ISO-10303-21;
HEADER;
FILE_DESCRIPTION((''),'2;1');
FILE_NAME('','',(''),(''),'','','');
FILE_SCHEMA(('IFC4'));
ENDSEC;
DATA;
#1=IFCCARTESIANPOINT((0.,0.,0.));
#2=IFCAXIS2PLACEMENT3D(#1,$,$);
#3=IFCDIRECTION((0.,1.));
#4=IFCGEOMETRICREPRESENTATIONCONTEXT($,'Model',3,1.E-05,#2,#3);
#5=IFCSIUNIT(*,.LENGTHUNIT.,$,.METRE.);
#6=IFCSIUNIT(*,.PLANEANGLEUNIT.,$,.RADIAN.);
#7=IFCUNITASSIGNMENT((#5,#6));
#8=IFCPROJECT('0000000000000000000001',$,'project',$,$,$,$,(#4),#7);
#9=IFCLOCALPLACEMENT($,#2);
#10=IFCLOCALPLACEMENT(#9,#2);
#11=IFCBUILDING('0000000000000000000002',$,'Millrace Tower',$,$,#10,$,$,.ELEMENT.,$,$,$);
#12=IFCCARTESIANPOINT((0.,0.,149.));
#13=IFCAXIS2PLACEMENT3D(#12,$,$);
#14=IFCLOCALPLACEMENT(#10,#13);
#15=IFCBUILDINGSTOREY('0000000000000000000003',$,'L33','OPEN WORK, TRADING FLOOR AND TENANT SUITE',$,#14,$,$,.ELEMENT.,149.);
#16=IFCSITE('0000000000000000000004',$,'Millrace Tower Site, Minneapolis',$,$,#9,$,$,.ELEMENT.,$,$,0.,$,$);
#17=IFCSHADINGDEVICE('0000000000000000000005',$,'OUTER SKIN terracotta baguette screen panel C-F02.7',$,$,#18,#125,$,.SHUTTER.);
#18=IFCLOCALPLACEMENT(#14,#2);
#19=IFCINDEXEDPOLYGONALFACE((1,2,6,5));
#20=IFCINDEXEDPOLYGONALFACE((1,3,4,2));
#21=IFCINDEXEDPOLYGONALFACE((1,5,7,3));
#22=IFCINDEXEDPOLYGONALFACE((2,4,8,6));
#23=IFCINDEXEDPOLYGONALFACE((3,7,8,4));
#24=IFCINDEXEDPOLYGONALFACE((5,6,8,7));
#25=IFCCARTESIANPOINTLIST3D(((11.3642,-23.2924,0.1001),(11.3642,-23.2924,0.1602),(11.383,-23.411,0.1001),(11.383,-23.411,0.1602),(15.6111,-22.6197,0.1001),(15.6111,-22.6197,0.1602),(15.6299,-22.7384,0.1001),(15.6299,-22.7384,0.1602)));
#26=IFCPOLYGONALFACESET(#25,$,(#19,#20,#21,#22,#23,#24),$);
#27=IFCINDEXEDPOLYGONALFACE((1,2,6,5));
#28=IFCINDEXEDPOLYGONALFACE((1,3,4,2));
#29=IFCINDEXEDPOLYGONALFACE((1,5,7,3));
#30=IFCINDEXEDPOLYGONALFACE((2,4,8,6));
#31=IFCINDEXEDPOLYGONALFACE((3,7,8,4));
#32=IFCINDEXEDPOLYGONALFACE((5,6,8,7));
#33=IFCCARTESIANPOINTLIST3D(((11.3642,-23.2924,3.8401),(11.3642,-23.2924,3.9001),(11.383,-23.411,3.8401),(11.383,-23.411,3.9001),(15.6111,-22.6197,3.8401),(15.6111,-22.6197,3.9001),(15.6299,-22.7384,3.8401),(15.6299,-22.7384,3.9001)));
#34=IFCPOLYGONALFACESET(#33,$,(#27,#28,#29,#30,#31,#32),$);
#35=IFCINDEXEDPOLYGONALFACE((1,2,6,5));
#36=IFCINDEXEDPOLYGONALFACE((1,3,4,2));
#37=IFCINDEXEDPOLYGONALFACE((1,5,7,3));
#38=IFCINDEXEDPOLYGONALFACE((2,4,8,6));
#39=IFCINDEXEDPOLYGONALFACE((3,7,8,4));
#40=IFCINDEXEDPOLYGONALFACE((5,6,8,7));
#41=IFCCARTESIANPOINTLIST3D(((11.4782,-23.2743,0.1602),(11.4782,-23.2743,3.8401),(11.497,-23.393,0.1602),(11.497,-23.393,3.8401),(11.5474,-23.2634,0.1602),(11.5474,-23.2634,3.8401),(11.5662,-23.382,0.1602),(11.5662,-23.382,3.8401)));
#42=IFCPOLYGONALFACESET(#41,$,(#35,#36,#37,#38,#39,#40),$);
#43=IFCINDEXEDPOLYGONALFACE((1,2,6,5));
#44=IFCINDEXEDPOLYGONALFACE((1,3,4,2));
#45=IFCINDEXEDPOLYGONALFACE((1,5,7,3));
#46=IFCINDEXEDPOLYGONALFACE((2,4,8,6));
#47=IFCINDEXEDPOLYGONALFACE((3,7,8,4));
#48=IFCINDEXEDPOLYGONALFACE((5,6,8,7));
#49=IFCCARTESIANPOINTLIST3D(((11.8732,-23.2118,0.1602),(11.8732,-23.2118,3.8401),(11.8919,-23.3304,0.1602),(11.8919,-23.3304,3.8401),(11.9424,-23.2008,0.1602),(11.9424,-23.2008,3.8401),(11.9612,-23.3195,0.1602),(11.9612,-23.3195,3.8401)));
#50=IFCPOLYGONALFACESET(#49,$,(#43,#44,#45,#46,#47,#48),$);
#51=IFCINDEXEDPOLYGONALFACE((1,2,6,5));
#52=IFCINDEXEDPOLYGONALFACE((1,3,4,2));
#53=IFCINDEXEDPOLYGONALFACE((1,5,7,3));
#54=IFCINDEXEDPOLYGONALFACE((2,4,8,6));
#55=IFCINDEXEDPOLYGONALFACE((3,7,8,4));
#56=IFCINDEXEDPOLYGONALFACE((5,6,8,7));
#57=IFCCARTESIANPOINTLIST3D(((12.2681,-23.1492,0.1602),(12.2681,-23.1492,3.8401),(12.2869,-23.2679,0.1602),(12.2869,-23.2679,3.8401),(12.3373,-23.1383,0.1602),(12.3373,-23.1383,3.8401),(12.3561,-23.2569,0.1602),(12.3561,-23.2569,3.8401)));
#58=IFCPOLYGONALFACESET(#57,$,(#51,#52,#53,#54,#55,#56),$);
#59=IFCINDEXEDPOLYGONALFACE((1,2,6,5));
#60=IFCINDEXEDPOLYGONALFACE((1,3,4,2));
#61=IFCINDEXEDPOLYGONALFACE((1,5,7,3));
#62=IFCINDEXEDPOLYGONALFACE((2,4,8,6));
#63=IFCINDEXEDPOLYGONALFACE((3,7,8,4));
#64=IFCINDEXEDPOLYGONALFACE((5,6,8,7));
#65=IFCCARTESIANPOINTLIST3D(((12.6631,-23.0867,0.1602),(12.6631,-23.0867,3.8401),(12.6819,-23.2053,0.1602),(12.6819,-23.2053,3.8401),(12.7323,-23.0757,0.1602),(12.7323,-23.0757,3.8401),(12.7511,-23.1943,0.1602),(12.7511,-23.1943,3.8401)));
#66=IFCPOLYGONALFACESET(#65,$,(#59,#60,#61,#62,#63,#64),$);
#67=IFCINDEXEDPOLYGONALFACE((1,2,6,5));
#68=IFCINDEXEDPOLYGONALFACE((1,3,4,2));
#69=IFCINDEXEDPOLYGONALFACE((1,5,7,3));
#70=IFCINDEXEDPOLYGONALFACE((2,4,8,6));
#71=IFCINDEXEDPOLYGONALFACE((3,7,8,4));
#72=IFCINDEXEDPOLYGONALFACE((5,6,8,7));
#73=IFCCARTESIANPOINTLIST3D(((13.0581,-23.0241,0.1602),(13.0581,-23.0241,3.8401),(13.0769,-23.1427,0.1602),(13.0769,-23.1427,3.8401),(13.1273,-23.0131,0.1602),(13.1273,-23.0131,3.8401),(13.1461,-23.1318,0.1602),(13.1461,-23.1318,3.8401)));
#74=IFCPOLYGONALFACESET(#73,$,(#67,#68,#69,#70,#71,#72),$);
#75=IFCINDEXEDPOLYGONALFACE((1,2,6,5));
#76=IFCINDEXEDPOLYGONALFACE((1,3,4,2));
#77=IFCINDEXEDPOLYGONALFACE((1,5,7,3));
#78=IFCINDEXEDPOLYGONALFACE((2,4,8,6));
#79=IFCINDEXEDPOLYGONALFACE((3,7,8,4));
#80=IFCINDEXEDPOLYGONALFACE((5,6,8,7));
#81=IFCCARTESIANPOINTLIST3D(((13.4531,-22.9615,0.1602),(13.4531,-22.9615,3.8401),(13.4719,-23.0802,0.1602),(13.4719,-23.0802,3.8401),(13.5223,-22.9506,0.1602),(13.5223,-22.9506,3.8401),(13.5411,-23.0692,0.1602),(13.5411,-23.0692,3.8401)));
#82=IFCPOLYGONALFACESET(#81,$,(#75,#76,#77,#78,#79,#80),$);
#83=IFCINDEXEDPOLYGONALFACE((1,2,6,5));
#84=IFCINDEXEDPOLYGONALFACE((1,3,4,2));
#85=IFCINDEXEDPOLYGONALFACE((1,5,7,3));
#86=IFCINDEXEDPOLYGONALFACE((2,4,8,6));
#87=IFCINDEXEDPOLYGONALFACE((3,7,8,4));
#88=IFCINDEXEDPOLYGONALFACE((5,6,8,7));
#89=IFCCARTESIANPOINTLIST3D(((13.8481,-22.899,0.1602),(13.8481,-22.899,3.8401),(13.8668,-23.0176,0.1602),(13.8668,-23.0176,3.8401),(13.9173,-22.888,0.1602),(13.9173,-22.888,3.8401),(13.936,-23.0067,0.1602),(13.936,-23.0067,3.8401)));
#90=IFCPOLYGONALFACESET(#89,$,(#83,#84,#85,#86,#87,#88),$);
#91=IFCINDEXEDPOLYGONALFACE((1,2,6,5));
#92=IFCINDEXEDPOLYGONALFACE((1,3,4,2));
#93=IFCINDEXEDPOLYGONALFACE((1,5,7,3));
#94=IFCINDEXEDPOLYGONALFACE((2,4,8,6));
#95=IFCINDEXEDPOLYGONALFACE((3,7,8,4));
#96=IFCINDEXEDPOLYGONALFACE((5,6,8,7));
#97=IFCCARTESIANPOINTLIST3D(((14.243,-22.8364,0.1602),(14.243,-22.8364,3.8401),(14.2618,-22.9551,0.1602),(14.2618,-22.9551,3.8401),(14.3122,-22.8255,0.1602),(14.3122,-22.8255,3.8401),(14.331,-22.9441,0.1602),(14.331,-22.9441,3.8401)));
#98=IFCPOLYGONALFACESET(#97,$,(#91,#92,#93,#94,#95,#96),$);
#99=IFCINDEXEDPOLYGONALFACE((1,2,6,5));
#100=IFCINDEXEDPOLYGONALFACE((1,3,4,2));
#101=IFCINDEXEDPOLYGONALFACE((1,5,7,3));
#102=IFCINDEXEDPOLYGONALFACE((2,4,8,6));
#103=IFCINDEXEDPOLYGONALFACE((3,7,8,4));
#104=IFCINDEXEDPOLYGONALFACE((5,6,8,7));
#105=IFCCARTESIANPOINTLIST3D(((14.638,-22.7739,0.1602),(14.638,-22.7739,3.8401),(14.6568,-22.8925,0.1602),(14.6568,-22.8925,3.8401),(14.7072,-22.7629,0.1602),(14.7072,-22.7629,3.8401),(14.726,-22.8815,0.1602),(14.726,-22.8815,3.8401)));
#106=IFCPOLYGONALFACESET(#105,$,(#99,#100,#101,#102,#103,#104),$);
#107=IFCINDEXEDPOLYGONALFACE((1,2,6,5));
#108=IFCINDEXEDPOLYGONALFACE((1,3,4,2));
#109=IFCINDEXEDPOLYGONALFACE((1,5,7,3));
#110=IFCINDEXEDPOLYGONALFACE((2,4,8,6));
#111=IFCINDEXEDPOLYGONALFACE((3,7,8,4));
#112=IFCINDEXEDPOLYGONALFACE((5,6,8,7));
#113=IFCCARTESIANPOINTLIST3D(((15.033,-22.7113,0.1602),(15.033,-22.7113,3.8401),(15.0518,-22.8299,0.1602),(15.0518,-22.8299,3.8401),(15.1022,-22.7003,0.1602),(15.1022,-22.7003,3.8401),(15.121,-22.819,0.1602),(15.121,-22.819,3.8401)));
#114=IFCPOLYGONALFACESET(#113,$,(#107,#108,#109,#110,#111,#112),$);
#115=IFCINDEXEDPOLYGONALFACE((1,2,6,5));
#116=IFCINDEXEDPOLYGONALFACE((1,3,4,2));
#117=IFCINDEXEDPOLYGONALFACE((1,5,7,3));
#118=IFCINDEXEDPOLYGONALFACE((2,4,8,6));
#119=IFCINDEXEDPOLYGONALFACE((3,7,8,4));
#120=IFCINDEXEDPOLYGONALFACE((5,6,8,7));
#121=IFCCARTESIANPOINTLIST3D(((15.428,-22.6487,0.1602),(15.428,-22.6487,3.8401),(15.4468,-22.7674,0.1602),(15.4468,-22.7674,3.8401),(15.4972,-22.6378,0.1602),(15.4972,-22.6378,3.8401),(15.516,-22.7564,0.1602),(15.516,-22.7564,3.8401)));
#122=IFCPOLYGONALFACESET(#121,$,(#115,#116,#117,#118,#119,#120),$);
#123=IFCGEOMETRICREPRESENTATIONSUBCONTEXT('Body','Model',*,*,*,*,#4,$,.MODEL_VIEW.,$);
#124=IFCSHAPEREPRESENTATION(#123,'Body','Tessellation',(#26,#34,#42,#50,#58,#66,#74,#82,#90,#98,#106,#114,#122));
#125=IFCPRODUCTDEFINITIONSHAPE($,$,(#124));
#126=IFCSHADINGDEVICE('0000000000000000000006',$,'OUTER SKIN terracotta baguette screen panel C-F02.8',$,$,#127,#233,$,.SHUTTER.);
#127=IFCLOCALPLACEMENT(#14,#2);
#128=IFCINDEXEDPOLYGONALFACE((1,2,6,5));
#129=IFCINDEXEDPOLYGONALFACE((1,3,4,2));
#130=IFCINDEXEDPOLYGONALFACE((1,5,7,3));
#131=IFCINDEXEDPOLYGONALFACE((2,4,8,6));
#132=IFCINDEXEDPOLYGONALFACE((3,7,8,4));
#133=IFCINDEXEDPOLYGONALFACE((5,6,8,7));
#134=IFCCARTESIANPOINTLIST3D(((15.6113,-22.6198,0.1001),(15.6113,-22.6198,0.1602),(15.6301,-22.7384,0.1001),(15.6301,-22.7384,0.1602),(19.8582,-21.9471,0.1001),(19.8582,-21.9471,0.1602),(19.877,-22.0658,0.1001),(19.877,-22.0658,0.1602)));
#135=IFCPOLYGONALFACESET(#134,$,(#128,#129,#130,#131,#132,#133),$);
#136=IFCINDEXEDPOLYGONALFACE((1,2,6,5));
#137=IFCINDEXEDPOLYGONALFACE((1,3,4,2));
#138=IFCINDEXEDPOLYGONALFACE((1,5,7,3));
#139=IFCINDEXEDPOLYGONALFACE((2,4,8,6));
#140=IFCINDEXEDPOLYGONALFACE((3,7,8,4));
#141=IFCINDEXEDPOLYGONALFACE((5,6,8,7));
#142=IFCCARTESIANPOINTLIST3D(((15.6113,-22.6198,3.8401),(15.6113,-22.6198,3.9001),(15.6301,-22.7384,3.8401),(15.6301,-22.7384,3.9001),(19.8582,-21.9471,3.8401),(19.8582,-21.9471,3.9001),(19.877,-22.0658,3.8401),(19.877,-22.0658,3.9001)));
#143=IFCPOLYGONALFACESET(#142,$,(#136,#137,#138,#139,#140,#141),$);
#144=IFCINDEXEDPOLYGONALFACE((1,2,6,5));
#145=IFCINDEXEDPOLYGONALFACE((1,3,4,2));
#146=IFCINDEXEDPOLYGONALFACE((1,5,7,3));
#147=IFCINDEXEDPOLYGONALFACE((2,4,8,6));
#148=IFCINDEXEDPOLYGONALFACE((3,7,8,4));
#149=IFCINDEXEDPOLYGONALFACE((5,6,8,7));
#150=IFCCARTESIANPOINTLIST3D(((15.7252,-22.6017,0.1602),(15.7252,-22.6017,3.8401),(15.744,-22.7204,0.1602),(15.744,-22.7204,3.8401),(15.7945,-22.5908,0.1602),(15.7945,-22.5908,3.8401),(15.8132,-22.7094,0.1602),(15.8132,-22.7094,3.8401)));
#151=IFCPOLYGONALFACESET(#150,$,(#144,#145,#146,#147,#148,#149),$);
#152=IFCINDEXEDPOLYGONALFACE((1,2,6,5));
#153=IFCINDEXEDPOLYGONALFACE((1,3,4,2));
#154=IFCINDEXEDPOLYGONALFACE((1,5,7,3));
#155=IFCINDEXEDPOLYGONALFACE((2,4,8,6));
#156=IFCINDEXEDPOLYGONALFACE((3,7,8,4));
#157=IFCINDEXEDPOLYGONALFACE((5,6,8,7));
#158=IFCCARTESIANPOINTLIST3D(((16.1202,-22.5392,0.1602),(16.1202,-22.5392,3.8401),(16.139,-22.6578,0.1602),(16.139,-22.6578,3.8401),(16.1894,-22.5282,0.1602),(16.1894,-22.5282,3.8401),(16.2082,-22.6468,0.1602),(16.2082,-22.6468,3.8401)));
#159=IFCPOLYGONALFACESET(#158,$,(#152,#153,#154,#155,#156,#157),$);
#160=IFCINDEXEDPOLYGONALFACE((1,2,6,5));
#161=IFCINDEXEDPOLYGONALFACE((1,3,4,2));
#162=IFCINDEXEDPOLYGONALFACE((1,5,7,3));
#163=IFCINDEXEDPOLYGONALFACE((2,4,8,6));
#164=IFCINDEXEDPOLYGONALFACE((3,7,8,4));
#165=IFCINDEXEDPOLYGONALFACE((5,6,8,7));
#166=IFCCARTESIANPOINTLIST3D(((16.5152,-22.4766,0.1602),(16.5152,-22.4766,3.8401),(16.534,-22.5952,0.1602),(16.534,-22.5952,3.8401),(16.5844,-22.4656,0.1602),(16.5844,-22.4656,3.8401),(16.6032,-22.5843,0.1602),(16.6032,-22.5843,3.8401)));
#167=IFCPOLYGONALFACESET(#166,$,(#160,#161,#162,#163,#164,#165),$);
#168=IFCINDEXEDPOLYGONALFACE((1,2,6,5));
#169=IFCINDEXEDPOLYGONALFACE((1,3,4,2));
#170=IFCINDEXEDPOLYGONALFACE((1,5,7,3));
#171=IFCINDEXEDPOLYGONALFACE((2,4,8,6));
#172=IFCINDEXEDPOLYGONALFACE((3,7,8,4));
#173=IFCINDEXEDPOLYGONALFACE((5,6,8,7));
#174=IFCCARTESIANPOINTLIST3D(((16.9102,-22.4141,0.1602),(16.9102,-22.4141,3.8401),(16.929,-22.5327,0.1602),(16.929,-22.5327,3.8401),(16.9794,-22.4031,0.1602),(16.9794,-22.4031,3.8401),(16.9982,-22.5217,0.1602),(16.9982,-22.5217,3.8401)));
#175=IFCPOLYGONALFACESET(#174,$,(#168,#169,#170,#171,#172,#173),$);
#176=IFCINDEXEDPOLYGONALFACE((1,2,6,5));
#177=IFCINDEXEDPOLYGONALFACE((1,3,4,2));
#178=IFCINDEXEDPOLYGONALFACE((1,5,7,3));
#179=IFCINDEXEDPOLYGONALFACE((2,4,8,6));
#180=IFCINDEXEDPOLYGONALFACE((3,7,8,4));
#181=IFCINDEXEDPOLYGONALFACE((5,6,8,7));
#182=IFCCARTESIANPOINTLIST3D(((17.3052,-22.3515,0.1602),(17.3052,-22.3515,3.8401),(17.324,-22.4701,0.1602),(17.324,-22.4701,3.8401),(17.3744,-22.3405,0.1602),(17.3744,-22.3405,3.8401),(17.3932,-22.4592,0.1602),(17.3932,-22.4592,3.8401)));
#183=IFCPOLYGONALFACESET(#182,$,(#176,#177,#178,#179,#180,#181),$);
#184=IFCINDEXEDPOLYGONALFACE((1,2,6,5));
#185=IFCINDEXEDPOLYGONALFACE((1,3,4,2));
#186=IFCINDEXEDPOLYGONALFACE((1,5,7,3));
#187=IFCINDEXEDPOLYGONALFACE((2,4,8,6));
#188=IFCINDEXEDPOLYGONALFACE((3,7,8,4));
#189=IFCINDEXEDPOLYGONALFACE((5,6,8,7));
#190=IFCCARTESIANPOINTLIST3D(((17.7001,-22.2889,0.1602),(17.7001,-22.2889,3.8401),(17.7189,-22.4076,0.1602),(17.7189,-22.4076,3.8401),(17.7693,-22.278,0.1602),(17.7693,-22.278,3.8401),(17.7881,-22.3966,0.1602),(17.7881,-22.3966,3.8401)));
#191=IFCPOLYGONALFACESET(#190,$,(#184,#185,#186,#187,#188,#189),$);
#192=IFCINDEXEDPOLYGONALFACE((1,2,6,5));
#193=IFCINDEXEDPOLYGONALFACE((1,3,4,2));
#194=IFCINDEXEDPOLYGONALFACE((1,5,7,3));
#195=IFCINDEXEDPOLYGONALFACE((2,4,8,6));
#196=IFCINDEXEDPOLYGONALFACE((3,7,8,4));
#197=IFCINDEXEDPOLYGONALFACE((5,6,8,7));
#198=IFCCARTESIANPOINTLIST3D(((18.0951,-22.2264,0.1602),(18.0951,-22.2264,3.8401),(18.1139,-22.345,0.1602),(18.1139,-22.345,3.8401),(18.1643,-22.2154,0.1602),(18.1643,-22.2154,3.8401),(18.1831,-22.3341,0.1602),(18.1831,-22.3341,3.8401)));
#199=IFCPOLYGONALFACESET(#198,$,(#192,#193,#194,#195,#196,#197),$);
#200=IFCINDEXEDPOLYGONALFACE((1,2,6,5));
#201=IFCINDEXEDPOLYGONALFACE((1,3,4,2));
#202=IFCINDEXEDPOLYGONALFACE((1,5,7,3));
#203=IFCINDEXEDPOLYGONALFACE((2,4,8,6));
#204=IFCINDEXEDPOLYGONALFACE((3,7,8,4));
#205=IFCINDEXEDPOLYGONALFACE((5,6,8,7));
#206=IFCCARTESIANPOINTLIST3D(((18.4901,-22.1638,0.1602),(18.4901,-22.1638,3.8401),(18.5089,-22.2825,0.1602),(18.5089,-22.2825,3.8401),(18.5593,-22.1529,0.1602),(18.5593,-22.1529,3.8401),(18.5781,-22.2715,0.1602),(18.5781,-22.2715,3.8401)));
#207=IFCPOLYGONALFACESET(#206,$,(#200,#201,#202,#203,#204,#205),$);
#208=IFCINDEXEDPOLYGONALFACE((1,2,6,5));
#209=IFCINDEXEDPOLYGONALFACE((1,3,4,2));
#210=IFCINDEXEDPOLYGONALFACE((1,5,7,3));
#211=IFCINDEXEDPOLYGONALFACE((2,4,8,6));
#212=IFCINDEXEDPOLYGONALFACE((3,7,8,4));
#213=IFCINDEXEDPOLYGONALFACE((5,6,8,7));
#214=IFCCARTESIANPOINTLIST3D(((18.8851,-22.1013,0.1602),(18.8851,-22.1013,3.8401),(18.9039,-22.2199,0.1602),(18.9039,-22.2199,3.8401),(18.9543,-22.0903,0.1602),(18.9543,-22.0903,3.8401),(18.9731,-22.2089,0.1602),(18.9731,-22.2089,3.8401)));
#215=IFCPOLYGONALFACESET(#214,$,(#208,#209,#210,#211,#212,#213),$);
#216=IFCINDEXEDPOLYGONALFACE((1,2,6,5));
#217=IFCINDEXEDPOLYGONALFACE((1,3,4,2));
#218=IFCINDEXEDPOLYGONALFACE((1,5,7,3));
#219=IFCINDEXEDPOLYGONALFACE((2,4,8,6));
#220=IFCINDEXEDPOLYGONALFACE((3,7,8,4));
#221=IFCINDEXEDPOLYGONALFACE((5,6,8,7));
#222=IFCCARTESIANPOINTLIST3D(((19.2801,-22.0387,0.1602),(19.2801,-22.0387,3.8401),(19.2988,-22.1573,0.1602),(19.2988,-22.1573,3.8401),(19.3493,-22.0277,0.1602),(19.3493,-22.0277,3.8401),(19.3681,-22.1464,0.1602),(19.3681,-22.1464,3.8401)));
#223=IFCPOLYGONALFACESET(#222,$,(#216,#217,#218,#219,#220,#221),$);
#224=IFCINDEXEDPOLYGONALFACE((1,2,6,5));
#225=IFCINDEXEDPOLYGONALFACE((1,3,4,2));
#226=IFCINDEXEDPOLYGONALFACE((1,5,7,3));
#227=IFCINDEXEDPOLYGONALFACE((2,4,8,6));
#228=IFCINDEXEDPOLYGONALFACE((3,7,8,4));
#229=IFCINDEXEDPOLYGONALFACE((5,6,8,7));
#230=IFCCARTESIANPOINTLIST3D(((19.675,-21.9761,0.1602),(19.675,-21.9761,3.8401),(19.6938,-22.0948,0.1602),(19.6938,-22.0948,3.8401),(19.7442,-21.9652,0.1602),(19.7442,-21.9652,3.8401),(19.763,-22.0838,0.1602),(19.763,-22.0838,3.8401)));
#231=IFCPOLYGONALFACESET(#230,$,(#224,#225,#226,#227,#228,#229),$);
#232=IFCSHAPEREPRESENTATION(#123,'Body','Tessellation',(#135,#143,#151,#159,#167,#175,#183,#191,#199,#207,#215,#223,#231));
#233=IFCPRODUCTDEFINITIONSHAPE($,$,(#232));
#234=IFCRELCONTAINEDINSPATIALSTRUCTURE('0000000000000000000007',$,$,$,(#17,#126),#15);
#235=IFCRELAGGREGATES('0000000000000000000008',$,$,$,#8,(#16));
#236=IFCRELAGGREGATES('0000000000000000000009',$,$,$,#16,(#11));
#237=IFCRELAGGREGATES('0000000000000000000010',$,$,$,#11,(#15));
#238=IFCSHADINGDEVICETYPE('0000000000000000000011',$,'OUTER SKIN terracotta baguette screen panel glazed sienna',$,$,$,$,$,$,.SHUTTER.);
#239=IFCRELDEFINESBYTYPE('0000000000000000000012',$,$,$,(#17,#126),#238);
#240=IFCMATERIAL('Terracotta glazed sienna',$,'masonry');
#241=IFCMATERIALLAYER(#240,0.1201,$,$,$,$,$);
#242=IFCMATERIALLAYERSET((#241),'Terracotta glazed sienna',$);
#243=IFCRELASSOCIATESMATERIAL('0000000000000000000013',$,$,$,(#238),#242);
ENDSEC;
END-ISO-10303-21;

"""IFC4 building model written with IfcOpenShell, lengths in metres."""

from ifc_helpers import new_model, entity, si_unit, direction, frame, frame_2d, origin, origin_2d, place, context, subcontext, project, spatial, rectangle, extrude, source, transform, mapped, material, layer, layer_set, type_object, element, save


model = new_model("IFC4")

# Units and contexts
model_context = context("Model", 3, precision=1e-05, world=origin(), true_north=direction((0.0, 1.0)))
body_context = subcontext(model_context, "Body", "Model", "MODEL_VIEW")
ifc_project = project(units=[si_unit("LENGTHUNIT", "METRE"), si_unit("PLANEANGLEUNIT", "RADIAN")], contexts=[model_context])

# Site, building, storey
site_placement = place(None, origin())
site = spatial("IfcSite", under=ifc_project, at=site_placement, Name="Millrace Tower Site, Minneapolis", CompositionType="ELEMENT", RefElevation=0.0)
building_placement = place(site_placement, origin())
building = spatial("IfcBuilding", under=site, at=building_placement, Name="Millrace Tower", CompositionType="ELEMENT")
storey_placement = place(building_placement, frame((0.0, 0.0, 149.0)))
storey = spatial("IfcBuildingStorey", under=building, at=storey_placement, Name="L33", Description="OPEN WORK, TRADING FLOOR AND TENANT SUITE", CompositionType="ELEMENT", Elevation=149.0)

# Shading devices
ifc_material_1 = material(Name="Terracotta glazed sienna", Category="masonry")
ifc_layer_1 = layer(ifc_material_1, 0.1201)
ifc_layer_set_1 = layer_set([ifc_layer_1], Name="Terracotta glazed sienna")
shading_device_type = type_object("IfcShadingDeviceType", Name="OUTER SKIN terracotta baguette screen panel glazed sienna", PredefinedType="SHUTTER", material=ifc_layer_set_1)
cartesian_point_1 = entity("IfcCartesianPoint", [-2.1499, 0.0601])
shared_polyline_1 = entity("IfcPolyline", [cartesian_point_1, entity("IfcCartesianPoint", [2.1499, 0.0601]), entity("IfcCartesianPoint", [2.1499, -0.0601]), entity("IfcCartesianPoint", [-2.1499, -0.0601]), cartesian_point_1])
shared_shape_1 = source(origin(), body_context, "Body", "SweptSolid", [
    entity("IfcExtrudedAreaSolid", entity("IfcArbitraryClosedProfileDef", "AREA", None, shared_polyline_1), entity("IfcAxis2Placement3D", entity("IfcCartesianPoint", [0.0, 0.0, 0.0])), entity("IfcDirection", [0.0, 0.0, 1.0]), 0.0601),
    entity("IfcExtrudedAreaSolid", entity("IfcArbitraryClosedProfileDef", "AREA", None, shared_polyline_1), entity("IfcAxis2Placement3D", entity("IfcCartesianPoint", [0.0, 0.0, 3.74])), entity("IfcDirection", [0.0, 0.0, 1.0]), 0.0601),
    extrude(rectangle(XDim=0.0701, YDim=0.1201, at=frame_2d((-1.9995, 0.0))), frame((0.0, 0.0, 0.0601)), (0.0, 0.0, 1.0), 3.6799),
    extrude(rectangle(XDim=0.0701, YDim=0.1201, at=frame_2d((-1.5996, 0.0))), frame((0.0, 0.0, 0.0601)), (0.0, 0.0, 1.0), 3.6799),
    extrude(rectangle(XDim=0.0701, YDim=0.1201, at=frame_2d((-1.1997, 0.0))), frame((0.0, 0.0, 0.0601)), (0.0, 0.0, 1.0), 3.6799),
    extrude(rectangle(XDim=0.0701, YDim=0.1201, at=frame_2d((-0.7998, 0.0))), frame((0.0, 0.0, 0.0601)), (0.0, 0.0, 1.0), 3.6799),
    extrude(rectangle(XDim=0.0701, YDim=0.1201, at=frame_2d((-0.3999, 0.0))), frame((0.0, 0.0, 0.0601)), (0.0, 0.0, 1.0), 3.6799),
    extrude(rectangle(XDim=0.0701, YDim=0.1201, at=origin_2d()), frame((0.0, 0.0, 0.0601)), (0.0, 0.0, 1.0), 3.6799),
    extrude(rectangle(XDim=0.0701, YDim=0.1201, at=frame_2d((0.3999, 0.0))), frame((0.0, 0.0, 0.0601)), (0.0, 0.0, 1.0), 3.6799),
    extrude(rectangle(XDim=0.0701, YDim=0.1201, at=frame_2d((0.7998, 0.0))), frame((0.0, 0.0, 0.0601)), (0.0, 0.0, 1.0), 3.6799),
    extrude(rectangle(XDim=0.0701, YDim=0.1201, at=frame_2d((1.1997, 0.0))), frame((0.0, 0.0, 0.0601)), (0.0, 0.0, 1.0), 3.6799),
    extrude(rectangle(XDim=0.0701, YDim=0.1201, at=frame_2d((1.5996, 0.0))), frame((0.0, 0.0, 0.0601)), (0.0, 0.0, 1.0), 3.6799),
    extrude(rectangle(XDim=0.0701, YDim=0.1201, at=frame_2d((1.9995, 0.0))), frame((0.0, 0.0, 0.0601)), (0.0, 0.0, 1.0), 3.6799),
])
for number, where, z_axis, x_axis, name in (
    (1, (13.4971, -23.0154, 0.1001), (0.0, 0.0, 1.0), (0.987688, 0.156434, 0.0), "OUTER SKIN terracotta baguette screen panel C-F02.7"),
    (2, (17.7441, -22.3428, 0.1001), (0.0, 0.0, 1.0), (0.987688, 0.156434, 0.0), "OUTER SKIN terracotta baguette screen panel C-F02.8"),
):
    element("IfcShadingDevice", number, at=place(storey_placement, frame(where, z_axis=z_axis, x_axis=x_axis)), inside=storey, type_object=shading_device_type, Name=name, PredefinedType="SHUTTER", context=body_context, shape_type="MappedRepresentation", body=[
        mapped(shared_shape_1, transform((0.0, 0.0, 0.0), scale=1.0)),
    ])

save(model, "model.ifc")
